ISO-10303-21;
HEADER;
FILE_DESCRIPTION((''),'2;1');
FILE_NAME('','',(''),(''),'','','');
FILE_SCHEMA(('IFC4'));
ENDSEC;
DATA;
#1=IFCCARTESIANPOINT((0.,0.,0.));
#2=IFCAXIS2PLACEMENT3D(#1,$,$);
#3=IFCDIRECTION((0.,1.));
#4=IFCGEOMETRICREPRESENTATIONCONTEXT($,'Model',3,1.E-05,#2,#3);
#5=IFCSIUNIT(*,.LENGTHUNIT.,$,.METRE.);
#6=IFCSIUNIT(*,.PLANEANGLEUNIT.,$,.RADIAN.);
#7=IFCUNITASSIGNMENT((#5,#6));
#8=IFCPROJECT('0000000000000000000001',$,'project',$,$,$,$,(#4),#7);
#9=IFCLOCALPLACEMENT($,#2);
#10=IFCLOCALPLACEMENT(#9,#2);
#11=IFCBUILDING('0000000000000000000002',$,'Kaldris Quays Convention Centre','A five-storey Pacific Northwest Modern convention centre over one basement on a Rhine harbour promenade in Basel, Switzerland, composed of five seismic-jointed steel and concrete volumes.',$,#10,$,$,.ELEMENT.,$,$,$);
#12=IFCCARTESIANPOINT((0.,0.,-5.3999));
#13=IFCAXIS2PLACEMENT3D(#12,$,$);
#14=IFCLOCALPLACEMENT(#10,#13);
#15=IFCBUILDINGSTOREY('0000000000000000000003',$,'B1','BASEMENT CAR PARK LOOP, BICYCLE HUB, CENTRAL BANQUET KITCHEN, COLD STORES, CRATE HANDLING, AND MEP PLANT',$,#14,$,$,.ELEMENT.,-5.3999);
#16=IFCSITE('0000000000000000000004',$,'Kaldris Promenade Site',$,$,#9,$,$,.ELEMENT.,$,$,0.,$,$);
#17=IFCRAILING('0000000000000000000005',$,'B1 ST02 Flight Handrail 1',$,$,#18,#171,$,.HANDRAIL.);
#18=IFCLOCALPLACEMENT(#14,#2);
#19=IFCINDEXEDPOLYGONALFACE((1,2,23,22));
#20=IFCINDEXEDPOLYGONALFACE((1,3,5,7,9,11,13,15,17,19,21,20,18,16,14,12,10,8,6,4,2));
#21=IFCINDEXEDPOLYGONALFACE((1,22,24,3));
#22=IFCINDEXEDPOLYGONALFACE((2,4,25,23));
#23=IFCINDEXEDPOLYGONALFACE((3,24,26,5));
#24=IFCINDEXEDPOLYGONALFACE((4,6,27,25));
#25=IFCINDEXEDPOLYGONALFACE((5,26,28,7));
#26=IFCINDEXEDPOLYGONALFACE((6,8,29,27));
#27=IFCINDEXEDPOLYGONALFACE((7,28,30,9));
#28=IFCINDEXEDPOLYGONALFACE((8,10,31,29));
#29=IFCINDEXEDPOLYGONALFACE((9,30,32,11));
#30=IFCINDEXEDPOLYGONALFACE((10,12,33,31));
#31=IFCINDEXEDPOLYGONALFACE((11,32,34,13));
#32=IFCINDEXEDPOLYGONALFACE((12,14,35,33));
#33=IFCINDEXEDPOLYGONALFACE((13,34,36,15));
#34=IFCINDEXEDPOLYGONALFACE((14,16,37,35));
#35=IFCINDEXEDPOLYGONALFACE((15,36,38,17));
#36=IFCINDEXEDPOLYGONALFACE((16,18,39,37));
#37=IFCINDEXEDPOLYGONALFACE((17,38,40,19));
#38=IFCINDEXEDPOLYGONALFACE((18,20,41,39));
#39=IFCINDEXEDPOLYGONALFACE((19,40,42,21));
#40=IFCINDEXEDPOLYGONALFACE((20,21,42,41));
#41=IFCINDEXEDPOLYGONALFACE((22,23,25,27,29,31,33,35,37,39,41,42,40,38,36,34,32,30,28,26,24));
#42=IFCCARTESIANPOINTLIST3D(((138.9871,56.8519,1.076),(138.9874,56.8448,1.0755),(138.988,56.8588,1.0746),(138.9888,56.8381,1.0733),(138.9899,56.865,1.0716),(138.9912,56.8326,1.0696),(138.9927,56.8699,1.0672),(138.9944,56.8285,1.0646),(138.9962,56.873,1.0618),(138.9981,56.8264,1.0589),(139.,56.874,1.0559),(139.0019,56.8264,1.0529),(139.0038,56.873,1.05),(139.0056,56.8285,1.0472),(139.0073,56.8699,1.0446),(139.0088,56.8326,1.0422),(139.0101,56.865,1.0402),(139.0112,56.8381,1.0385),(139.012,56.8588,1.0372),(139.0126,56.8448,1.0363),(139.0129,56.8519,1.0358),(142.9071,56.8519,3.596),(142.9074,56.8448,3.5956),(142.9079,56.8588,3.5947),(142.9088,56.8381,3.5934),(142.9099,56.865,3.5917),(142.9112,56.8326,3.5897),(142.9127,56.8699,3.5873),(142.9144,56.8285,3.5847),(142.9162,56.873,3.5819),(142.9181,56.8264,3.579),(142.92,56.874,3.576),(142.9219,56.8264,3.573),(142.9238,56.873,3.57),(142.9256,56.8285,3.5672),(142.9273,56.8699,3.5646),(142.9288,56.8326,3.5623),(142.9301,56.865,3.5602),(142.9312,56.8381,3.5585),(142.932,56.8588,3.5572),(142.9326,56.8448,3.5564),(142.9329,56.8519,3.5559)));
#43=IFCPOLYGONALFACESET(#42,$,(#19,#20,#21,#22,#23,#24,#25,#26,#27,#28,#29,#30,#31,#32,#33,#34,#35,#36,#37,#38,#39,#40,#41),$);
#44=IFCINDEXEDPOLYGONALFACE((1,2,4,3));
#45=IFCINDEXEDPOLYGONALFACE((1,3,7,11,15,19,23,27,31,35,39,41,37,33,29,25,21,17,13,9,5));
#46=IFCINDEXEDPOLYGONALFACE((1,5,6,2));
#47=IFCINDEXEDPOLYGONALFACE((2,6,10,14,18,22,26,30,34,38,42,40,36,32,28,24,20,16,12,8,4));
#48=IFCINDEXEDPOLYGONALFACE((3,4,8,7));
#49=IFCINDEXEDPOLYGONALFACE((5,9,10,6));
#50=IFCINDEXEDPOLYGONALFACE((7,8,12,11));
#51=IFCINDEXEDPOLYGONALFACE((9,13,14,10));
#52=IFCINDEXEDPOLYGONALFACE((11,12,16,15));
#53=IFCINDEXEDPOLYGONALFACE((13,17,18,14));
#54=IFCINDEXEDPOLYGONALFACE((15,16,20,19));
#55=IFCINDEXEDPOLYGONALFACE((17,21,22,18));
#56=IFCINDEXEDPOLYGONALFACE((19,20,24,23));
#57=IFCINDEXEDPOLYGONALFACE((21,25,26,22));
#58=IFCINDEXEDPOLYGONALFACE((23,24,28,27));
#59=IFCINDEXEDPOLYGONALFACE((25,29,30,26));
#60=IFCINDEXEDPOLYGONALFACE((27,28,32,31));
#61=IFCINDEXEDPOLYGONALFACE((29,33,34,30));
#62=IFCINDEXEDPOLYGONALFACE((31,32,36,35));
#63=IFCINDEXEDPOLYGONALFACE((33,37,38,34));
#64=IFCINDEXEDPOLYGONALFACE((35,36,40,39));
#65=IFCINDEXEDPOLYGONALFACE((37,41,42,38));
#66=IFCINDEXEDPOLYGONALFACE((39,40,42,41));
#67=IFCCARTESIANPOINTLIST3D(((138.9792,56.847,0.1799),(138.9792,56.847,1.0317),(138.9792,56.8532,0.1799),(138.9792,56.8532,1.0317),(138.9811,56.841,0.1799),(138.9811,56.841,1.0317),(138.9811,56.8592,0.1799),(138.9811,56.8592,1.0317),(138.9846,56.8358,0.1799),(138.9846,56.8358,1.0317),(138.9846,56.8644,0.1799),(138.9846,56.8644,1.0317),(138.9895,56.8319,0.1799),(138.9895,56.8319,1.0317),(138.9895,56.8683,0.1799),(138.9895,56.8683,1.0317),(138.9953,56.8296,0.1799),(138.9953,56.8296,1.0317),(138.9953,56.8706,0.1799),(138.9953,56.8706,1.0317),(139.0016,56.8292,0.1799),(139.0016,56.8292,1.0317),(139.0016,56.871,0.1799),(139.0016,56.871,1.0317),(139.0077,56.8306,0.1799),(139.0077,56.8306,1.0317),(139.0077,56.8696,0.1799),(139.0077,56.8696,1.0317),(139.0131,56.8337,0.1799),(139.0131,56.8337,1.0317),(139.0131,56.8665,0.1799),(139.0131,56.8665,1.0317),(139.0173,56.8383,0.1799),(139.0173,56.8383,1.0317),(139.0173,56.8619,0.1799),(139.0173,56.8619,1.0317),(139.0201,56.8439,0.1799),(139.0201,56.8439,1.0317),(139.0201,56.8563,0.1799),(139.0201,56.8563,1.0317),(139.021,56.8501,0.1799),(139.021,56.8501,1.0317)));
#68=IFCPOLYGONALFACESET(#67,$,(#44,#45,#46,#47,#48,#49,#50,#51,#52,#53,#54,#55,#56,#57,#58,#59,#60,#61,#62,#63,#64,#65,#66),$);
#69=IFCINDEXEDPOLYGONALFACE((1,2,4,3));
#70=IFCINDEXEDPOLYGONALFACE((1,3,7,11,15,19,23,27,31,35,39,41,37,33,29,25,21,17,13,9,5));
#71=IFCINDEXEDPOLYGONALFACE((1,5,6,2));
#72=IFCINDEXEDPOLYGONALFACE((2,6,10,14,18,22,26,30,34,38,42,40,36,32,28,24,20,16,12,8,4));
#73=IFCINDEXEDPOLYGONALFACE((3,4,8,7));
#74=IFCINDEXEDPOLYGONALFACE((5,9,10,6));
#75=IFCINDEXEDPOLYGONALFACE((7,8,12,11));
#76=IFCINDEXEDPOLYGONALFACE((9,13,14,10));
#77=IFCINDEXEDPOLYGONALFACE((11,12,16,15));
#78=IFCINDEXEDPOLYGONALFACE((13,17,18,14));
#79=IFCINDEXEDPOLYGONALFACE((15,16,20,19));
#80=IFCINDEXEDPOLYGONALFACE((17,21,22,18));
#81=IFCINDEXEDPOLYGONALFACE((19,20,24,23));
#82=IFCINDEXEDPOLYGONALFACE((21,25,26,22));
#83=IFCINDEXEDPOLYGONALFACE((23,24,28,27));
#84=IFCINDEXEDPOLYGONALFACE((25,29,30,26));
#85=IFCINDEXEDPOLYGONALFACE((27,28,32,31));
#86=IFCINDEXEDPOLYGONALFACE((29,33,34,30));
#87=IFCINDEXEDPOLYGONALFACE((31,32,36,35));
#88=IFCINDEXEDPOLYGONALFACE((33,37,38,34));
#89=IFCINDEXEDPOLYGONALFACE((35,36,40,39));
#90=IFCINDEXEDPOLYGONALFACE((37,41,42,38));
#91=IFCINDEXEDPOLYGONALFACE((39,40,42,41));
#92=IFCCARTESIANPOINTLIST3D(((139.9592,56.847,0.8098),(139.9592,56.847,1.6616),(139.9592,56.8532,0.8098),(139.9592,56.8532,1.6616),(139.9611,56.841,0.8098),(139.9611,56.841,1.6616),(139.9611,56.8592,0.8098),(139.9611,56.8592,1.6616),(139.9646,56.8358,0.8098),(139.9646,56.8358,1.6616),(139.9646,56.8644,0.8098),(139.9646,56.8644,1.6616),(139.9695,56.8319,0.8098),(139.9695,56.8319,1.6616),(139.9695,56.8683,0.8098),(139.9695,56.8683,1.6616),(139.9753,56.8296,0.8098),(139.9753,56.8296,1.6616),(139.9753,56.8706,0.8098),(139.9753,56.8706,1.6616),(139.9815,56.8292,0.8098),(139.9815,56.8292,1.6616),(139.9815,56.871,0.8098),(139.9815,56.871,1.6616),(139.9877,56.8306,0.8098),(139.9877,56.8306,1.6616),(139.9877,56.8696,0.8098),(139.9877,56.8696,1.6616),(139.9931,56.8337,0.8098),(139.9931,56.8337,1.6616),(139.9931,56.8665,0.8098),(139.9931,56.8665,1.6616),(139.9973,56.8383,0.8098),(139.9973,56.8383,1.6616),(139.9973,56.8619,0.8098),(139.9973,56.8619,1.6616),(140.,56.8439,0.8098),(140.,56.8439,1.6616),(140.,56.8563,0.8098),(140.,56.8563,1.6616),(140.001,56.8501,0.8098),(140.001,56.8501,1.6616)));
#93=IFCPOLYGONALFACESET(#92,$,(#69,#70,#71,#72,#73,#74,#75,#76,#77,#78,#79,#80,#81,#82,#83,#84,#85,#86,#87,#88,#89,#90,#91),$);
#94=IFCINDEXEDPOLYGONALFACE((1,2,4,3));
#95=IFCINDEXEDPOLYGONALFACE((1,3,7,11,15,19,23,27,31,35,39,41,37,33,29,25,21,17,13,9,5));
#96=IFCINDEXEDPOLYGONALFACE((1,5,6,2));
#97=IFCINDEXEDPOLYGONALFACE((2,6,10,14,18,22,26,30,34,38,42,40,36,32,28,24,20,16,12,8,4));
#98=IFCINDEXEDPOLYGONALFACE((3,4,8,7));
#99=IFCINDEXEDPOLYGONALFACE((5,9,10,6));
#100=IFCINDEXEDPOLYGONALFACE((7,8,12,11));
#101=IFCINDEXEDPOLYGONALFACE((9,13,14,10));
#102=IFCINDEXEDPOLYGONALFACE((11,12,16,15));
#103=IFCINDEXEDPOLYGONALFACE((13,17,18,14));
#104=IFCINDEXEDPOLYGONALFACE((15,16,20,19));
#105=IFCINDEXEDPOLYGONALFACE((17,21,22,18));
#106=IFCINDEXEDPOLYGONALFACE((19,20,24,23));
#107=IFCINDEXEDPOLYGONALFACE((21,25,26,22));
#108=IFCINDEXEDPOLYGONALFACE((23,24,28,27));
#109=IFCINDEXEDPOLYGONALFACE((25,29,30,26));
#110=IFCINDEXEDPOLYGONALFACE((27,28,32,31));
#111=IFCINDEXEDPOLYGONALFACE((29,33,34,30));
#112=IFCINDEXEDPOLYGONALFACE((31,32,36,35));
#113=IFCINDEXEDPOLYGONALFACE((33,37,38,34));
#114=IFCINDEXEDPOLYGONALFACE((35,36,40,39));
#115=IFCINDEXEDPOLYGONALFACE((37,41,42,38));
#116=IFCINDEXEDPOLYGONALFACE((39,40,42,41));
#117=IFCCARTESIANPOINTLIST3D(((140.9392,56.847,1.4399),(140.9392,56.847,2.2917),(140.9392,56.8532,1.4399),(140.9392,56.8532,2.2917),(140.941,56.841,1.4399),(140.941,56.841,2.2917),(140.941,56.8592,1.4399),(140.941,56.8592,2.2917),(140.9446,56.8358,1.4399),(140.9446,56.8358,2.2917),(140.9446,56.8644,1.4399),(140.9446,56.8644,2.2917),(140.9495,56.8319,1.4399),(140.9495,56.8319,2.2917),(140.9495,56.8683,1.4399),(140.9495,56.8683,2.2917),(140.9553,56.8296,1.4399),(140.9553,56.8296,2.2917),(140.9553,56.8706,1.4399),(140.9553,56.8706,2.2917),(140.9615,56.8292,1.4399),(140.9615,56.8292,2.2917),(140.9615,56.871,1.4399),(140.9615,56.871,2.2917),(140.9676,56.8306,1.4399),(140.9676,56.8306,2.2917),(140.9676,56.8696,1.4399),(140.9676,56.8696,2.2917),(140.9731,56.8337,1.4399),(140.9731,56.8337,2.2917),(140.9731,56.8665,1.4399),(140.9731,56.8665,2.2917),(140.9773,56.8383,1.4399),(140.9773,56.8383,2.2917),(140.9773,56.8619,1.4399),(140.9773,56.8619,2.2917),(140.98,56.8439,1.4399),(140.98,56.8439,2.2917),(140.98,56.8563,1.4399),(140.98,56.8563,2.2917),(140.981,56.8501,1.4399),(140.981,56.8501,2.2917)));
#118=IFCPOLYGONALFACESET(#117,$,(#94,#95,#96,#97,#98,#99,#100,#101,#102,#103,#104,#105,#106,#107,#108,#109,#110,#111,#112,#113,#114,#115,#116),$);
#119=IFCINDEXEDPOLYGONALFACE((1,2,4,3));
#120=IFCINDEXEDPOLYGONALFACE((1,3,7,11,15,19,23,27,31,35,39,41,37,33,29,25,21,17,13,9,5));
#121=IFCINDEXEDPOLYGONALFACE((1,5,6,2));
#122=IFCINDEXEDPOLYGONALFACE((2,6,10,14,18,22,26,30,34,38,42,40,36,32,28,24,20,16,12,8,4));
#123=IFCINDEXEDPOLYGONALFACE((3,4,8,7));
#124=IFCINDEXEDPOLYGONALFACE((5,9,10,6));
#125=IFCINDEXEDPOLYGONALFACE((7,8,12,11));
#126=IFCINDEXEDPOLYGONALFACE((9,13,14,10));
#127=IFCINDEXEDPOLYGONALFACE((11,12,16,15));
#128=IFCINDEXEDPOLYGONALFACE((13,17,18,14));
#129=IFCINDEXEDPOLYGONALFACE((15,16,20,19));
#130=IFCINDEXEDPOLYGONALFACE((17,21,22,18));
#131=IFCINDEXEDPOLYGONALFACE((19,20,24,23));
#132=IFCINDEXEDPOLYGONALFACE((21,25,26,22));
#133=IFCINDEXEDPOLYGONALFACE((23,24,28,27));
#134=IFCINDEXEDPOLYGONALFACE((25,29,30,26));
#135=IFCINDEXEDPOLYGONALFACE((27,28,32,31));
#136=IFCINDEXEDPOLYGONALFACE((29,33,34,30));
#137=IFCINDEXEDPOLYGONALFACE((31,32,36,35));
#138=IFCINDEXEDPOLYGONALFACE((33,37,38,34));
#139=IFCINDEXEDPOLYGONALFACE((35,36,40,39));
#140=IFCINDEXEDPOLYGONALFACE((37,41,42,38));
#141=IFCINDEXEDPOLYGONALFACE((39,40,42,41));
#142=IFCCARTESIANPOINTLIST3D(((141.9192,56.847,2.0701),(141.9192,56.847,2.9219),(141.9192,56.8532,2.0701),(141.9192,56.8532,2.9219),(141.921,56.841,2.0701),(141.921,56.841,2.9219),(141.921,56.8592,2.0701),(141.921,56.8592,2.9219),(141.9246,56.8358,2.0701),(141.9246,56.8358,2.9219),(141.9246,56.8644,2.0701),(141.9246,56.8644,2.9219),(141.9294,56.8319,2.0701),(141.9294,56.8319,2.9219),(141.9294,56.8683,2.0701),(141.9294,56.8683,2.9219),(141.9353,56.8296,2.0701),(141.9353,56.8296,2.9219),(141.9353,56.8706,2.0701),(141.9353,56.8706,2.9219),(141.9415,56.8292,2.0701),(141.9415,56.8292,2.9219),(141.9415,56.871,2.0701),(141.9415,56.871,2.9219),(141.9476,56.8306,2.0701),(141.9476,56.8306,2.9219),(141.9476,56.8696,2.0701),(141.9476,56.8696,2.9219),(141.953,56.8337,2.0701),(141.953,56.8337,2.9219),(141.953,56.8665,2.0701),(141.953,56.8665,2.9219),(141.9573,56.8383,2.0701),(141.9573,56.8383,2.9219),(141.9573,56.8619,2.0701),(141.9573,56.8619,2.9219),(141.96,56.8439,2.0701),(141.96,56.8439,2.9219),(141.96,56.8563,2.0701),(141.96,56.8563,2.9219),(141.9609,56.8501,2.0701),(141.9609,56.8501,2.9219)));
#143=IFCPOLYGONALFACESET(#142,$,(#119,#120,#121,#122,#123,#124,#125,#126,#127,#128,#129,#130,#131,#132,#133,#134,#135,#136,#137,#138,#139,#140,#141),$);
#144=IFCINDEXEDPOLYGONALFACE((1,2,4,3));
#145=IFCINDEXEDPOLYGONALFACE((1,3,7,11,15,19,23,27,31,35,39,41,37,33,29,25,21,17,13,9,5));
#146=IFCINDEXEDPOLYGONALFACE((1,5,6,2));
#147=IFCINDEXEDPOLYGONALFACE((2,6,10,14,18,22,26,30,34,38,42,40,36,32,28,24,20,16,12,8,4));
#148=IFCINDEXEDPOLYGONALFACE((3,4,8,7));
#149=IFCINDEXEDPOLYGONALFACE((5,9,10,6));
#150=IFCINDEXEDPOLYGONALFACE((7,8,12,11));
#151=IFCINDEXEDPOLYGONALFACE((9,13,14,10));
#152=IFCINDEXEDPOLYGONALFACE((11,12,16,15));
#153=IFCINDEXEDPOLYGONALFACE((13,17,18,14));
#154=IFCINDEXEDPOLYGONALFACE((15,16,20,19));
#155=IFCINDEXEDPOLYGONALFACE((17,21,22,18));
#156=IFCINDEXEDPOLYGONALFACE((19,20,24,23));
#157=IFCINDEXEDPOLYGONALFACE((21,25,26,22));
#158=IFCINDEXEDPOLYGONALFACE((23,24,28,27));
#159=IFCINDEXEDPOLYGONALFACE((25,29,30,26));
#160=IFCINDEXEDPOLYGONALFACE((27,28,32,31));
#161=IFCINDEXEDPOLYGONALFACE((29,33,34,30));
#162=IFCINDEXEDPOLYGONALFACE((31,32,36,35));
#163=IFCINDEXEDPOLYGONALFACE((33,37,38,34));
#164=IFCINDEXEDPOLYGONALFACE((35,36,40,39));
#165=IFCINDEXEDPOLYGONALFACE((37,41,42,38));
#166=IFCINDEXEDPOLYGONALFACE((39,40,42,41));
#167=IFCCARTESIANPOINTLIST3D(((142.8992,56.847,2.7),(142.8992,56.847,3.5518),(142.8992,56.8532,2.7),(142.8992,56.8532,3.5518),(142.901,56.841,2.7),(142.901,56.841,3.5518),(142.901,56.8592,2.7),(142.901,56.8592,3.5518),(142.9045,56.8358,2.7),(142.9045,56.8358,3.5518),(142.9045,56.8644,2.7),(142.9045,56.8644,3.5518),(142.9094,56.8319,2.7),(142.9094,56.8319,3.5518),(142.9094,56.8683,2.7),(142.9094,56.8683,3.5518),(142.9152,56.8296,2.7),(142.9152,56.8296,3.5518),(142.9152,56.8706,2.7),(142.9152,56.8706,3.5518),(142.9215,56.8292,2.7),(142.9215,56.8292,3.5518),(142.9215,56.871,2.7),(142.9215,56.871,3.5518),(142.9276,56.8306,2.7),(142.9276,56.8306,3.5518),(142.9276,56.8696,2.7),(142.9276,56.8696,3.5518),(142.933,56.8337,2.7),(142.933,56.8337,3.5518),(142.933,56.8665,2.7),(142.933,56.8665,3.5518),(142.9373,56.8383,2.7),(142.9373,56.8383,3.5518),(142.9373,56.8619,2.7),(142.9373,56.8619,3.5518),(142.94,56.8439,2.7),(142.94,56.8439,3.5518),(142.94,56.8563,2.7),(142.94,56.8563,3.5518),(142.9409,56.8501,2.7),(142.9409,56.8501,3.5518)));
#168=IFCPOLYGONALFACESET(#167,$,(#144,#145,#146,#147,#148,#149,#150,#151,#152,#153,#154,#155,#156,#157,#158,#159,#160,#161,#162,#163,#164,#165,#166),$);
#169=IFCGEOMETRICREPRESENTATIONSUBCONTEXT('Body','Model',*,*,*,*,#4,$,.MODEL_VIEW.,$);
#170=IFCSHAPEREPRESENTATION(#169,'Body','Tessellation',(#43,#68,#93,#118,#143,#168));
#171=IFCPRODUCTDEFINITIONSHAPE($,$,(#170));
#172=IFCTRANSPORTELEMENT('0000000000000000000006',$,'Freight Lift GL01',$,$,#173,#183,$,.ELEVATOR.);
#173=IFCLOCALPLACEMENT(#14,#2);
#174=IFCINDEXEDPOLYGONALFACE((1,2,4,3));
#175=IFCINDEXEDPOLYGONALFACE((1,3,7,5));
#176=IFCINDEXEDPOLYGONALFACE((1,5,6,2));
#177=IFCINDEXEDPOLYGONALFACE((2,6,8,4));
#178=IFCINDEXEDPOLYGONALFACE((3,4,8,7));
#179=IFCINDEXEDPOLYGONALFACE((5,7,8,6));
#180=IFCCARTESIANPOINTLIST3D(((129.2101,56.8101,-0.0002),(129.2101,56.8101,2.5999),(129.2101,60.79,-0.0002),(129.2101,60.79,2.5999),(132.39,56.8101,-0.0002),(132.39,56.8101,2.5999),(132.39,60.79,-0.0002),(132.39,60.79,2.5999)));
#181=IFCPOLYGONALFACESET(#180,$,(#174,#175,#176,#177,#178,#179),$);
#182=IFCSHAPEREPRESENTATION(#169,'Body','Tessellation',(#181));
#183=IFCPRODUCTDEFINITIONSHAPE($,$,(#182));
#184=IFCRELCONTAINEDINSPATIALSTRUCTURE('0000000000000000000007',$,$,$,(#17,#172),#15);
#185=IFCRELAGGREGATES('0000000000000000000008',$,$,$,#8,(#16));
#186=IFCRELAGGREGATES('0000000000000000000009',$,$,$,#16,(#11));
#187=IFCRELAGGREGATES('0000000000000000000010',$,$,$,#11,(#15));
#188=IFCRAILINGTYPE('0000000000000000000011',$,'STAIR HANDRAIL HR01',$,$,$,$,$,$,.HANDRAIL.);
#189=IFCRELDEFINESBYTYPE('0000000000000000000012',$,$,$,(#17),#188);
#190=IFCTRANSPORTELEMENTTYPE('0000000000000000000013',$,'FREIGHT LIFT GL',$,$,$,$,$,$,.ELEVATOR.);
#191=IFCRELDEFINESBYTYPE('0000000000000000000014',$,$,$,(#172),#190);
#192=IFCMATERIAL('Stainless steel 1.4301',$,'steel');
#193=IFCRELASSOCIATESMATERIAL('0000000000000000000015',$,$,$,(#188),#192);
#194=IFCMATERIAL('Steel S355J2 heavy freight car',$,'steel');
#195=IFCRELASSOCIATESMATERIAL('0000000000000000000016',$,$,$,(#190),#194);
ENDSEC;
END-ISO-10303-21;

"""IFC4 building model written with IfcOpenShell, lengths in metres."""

from ifc_helpers import new_model, si_unit, direction, frame, origin, origin_2d, place, context, subcontext, project, spatial, rectangle, circle, extrude, material, type_object, element, save


model = new_model("IFC4")

# Units and contexts
model_context = context("Model", 3, precision=1e-05, world=origin(), true_north=direction((0.0, 1.0)))
body_context = subcontext(model_context, "Body", "Model", "MODEL_VIEW")
ifc_project = project(units=[si_unit("LENGTHUNIT", "METRE"), si_unit("PLANEANGLEUNIT", "RADIAN")], contexts=[model_context])

# Site, building, storey
site_placement = place(None, origin())
site = spatial("IfcSite", under=ifc_project, at=site_placement, Name="Kaldris Promenade Site", CompositionType="ELEMENT", RefElevation=0.0)
building_placement = place(site_placement, origin())
building = spatial("IfcBuilding", under=site, at=building_placement, Name="Kaldris Quays Convention Centre", Description="A five-storey Pacific Northwest Modern convention centre over one basement on a Rhine harbour promenade in Basel, Switzerland, composed of five seismic-jointed steel and concrete volumes.", CompositionType="ELEMENT")
storey_placement = place(building_placement, frame((0.0, 0.0, -5.3999)))
storey = spatial("IfcBuildingStorey", under=building, at=storey_placement, Name="B1", Description="BASEMENT CAR PARK LOOP, BICYCLE HUB, CENTRAL BANQUET KITCHEN, COLD STORES, CRATE HANDLING, AND MEP PLANT", CompositionType="ELEMENT", Elevation=-5.3999)

# Railing
ifc_material_1 = material(Name="Stainless steel 1.4301", Category="steel")
railing_type_1 = type_object("IfcRailingType", Name="STAIR HANDRAIL HR01", PredefinedType="HANDRAIL", material=ifc_material_1)
railing_1_placement = place(storey_placement, frame((139.0, 56.8501, 0.1799)))
element("IfcRailing", 1, at=railing_1_placement, inside=storey, type_object=railing_type_1, Name="B1 ST02 Flight Handrail 1", PredefinedType="HANDRAIL", context=body_context, shape_type="SweptSolid", body=[
    extrude(circle(Radius=0.0239, at=origin_2d()), frame((0.0, 0.0, 0.876), z_axis=(0.841172, 0.0, 0.540768), x_axis=(0.0, 1.0, 0.0)), (0.0, 0.0, 1.0), 4.6602),
    extrude(circle(Radius=0.021, at=origin_2d()), origin(), (0.0, 0.0, 1.0), 0.8518),
    extrude(circle(Radius=0.021, at=origin_2d()), frame((0.98, 0.0, 0.6299)), (0.0, 0.0, 1.0), 0.8518),
    extrude(circle(Radius=0.021, at=origin_2d()), frame((1.96, 0.0, 1.26)), (0.0, 0.0, 1.0), 0.8518),
    extrude(circle(Radius=0.021, at=origin_2d()), frame((2.9399, 0.0, 1.8901)), (0.0, 0.0, 1.0), 0.8518),
    extrude(circle(Radius=0.021, at=origin_2d()), frame((3.9199, 0.0, 2.52)), (0.0, 0.0, 1.0), 0.8518),
])

# Transport element
ifc_material_2 = material(Name="Steel S355J2 heavy freight car", Category="steel")
transport_element_type = type_object("IfcTransportElementType", Name="FREIGHT LIFT GL", PredefinedType="ELEVATOR", material=ifc_material_2)
transport_element_placement = place(storey_placement, frame((130.8, 58.8, -0.0002), z_axis=(0.0, 0.0, 1.0), x_axis=(1.0, 0.0, 0.0)))
element("IfcTransportElement", 2, at=transport_element_placement, inside=storey, type_object=transport_element_type, Name="Freight Lift GL01", PredefinedType="ELEVATOR", context=body_context, shape_type="SweptSolid", body=[
    extrude(rectangle(XDim=3.1799, YDim=3.98, at=origin_2d()), origin(), (0.0, 0.0, 1.0), 2.6001),
])

save(model, "model.ifc")
